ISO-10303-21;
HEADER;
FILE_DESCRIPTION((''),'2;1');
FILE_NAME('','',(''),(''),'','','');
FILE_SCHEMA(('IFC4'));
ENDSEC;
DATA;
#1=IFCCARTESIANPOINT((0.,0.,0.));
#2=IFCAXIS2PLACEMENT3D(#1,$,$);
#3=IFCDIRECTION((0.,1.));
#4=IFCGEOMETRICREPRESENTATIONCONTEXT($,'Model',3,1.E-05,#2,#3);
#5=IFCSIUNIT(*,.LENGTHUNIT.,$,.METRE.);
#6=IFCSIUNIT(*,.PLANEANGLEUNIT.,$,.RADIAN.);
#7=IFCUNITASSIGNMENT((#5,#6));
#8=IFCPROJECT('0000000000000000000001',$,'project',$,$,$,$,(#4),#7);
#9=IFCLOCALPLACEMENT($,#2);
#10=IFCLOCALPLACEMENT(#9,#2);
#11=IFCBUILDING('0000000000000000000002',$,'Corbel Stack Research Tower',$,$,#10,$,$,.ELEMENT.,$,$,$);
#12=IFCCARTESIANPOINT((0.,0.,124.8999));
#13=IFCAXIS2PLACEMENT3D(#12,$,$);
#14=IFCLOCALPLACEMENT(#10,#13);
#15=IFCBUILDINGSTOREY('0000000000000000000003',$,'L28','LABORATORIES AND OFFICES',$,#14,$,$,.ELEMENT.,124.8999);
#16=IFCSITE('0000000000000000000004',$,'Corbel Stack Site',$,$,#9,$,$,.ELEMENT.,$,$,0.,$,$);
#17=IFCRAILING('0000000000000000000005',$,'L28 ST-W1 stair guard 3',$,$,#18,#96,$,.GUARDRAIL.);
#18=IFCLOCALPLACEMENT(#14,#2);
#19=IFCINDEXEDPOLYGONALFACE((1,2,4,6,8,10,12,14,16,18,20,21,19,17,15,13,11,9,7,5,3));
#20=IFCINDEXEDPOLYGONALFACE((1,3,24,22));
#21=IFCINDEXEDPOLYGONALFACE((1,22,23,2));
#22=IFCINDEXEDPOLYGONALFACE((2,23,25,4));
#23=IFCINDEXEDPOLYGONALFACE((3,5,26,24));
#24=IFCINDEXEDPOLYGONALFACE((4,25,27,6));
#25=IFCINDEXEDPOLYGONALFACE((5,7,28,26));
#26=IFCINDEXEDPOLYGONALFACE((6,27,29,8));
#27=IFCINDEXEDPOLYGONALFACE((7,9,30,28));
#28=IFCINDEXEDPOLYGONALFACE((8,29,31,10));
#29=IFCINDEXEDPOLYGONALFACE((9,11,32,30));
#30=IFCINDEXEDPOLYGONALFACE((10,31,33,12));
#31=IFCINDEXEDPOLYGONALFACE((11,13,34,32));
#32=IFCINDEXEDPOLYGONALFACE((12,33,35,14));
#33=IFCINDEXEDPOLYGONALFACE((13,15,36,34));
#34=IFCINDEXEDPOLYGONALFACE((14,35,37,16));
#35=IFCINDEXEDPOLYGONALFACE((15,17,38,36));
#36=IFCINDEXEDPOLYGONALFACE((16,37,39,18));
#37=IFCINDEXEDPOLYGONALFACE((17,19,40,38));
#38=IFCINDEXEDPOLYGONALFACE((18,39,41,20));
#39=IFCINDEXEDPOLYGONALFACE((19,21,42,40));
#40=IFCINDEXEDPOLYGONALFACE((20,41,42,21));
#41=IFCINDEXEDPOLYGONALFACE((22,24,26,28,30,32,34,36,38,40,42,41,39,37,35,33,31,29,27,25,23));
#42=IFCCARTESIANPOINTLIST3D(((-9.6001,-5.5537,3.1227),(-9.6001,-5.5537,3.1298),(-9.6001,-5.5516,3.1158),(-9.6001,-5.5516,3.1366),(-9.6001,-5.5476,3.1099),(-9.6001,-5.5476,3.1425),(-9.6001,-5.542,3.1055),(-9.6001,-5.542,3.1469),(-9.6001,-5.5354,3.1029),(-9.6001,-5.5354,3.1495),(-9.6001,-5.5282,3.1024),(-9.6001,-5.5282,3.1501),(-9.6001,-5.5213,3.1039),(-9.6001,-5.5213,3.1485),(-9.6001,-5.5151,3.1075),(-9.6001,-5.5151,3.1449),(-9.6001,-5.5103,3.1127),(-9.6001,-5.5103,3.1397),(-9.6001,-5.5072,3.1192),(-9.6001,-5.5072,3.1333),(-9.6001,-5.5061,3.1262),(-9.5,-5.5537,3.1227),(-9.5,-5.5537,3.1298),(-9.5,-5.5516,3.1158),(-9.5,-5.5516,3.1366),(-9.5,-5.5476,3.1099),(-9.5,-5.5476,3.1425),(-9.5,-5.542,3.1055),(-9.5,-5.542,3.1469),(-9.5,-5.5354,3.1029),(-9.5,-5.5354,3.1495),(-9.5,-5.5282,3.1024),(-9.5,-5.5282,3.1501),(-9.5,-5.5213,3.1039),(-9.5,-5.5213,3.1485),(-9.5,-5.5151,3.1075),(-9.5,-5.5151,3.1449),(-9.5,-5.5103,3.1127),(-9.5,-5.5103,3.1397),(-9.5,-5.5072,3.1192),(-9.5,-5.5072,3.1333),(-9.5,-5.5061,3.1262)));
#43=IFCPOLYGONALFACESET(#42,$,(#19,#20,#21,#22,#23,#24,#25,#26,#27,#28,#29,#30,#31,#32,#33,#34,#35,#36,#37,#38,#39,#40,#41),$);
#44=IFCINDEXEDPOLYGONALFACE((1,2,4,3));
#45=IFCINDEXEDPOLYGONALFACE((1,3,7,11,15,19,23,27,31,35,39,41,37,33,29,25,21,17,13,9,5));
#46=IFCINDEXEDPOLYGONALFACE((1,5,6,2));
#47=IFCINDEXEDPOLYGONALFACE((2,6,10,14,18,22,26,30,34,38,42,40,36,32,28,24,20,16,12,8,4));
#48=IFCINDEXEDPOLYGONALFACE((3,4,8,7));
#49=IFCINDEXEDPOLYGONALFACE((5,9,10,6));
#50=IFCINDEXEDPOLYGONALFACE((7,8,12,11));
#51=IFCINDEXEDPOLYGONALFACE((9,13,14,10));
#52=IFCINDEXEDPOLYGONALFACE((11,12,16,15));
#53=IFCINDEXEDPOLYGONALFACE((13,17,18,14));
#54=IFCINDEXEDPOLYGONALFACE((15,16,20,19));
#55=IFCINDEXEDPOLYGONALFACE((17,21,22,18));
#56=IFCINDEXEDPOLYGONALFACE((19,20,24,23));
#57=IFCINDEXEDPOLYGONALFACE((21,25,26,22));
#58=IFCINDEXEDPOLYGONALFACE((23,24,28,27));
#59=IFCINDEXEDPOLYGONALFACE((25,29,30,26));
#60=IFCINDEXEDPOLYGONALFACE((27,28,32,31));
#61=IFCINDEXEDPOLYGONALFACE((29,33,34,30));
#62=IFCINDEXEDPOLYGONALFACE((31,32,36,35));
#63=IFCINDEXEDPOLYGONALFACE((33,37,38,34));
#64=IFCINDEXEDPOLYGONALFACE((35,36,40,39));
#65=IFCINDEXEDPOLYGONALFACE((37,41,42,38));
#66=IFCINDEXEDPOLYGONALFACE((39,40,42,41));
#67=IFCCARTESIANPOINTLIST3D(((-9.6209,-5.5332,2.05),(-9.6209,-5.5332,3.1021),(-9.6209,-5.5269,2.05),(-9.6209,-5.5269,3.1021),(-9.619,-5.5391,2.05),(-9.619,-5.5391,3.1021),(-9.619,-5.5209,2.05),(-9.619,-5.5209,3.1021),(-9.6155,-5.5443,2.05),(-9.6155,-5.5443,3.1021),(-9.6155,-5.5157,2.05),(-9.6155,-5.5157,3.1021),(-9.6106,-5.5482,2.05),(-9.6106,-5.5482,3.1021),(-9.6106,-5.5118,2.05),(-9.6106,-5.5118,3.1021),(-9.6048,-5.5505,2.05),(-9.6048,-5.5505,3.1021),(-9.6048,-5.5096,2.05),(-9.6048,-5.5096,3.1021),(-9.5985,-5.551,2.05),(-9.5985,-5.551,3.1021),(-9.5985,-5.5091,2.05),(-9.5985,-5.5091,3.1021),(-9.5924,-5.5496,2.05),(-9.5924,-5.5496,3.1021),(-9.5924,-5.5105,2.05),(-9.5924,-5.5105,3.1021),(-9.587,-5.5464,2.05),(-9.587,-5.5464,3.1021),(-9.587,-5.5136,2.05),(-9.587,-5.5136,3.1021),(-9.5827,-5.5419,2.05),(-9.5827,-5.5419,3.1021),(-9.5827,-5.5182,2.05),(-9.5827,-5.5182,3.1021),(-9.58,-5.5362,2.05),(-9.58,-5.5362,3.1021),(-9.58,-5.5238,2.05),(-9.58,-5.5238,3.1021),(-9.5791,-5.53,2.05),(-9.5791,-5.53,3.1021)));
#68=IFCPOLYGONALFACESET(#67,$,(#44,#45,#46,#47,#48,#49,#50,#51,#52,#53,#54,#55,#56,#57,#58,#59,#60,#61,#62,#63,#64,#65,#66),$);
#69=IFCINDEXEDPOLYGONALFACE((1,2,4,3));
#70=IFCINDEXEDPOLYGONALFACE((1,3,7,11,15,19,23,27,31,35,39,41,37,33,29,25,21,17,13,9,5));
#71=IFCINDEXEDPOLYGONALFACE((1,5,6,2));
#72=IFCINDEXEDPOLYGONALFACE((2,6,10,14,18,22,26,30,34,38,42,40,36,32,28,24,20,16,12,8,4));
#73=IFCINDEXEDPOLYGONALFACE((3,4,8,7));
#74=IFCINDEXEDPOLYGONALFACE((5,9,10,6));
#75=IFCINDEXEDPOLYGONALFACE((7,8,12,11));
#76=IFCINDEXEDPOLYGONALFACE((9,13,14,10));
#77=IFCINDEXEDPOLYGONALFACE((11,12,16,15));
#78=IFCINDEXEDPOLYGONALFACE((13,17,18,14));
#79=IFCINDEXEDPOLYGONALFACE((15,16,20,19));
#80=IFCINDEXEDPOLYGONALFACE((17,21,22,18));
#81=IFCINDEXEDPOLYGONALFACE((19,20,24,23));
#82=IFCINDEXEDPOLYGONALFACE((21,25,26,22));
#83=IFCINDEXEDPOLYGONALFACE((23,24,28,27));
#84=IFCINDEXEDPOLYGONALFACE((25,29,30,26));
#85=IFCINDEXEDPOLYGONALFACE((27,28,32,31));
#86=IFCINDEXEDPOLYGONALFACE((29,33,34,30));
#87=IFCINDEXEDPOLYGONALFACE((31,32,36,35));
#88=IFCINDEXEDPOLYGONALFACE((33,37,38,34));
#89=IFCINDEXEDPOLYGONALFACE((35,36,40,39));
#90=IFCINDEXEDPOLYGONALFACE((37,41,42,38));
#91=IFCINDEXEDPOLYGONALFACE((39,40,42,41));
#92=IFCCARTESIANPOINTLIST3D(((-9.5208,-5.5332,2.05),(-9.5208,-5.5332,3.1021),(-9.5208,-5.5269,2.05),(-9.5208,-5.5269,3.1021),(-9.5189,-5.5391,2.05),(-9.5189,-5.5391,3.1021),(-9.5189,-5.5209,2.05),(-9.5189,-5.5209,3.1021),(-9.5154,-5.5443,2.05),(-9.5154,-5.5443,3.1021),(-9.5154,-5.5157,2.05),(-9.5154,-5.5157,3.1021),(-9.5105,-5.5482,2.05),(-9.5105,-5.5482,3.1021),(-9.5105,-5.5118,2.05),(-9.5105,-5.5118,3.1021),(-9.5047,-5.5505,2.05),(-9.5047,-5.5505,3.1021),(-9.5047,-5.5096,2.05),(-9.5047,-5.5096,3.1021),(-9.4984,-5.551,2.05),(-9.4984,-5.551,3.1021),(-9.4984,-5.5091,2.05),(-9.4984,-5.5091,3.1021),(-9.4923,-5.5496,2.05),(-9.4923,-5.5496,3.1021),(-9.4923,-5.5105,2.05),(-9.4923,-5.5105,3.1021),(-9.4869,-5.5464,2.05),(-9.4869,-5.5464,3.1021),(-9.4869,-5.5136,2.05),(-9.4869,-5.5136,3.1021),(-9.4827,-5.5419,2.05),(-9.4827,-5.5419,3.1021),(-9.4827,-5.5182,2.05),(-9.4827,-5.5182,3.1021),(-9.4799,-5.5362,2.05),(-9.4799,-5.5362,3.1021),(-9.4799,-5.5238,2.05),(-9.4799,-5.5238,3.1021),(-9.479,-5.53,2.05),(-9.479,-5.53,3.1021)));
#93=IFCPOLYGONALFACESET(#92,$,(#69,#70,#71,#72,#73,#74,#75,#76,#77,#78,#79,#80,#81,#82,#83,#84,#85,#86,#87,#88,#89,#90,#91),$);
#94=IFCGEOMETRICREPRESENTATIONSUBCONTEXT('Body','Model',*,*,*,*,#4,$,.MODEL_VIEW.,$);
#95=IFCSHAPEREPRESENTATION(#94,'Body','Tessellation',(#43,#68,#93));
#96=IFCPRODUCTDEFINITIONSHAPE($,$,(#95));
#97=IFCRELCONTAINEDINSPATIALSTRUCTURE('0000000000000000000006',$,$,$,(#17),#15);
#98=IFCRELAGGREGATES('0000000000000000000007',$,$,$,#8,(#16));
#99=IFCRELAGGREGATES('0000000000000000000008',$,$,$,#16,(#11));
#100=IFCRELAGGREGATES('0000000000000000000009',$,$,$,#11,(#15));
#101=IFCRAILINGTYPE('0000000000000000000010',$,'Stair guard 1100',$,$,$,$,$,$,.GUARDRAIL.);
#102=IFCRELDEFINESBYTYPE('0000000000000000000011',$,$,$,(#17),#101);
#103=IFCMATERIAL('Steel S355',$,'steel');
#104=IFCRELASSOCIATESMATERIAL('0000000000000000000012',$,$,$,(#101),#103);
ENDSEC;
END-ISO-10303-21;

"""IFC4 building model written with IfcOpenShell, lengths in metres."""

from ifc_helpers import new_model, si_unit, direction, frame, origin, origin_2d, place, context, subcontext, project, spatial, circle, extrude, material, type_object, element, save


model = new_model("IFC4")

# Units and contexts
model_context = context("Model", 3, precision=1e-05, world=origin(), true_north=direction((0.0, 1.0)))
body_context = subcontext(model_context, "Body", "Model", "MODEL_VIEW")
ifc_project = project(units=[si_unit("LENGTHUNIT", "METRE"), si_unit("PLANEANGLEUNIT", "RADIAN")], contexts=[model_context])

# Site, building, storey
site_placement = place(None, origin())
site = spatial("IfcSite", under=ifc_project, at=site_placement, Name="Corbel Stack Site", CompositionType="ELEMENT", RefElevation=0.0)
building_placement = place(site_placement, origin())
building = spatial("IfcBuilding", under=site, at=building_placement, Name="Corbel Stack Research Tower", CompositionType="ELEMENT")
storey_placement = place(building_placement, frame((0.0, 0.0, 124.8999)))
storey = spatial("IfcBuildingStorey", under=building, at=storey_placement, Name="L28", Description="LABORATORIES AND OFFICES", CompositionType="ELEMENT", Elevation=124.8999)

# Railing
ifc_material_1 = material(Name="Steel S355", Category="steel")
railing_type_1 = type_object("IfcRailingType", Name="Stair guard 1100", PredefinedType="GUARDRAIL", material=ifc_material_1)
railing_1_placement = place(storey_placement, frame((-9.6001, -5.53, 2.05)))
element("IfcRailing", 1, at=railing_1_placement, inside=storey, type_object=railing_type_1, Name="L28 ST-W1 stair guard 3", PredefinedType="GUARDRAIL", context=body_context, shape_type="SweptSolid", body=[
    extrude(circle(Radius=0.0239, at=origin_2d()), frame((0.0, 0.0, 1.0762), z_axis=(1.0, 0.0, 0.0), x_axis=(0.0, 1.0, 0.0)), (0.0, 0.0, 1.0), 0.1001),
    extrude(circle(Radius=0.021, at=origin_2d()), origin(), (0.0, 0.0, 1.0), 1.052),
    extrude(circle(Radius=0.021, at=origin_2d()), frame((0.1001, 0.0, 0.0)), (0.0, 0.0, 1.0), 1.052),
])

save(model, "model.ifc")
